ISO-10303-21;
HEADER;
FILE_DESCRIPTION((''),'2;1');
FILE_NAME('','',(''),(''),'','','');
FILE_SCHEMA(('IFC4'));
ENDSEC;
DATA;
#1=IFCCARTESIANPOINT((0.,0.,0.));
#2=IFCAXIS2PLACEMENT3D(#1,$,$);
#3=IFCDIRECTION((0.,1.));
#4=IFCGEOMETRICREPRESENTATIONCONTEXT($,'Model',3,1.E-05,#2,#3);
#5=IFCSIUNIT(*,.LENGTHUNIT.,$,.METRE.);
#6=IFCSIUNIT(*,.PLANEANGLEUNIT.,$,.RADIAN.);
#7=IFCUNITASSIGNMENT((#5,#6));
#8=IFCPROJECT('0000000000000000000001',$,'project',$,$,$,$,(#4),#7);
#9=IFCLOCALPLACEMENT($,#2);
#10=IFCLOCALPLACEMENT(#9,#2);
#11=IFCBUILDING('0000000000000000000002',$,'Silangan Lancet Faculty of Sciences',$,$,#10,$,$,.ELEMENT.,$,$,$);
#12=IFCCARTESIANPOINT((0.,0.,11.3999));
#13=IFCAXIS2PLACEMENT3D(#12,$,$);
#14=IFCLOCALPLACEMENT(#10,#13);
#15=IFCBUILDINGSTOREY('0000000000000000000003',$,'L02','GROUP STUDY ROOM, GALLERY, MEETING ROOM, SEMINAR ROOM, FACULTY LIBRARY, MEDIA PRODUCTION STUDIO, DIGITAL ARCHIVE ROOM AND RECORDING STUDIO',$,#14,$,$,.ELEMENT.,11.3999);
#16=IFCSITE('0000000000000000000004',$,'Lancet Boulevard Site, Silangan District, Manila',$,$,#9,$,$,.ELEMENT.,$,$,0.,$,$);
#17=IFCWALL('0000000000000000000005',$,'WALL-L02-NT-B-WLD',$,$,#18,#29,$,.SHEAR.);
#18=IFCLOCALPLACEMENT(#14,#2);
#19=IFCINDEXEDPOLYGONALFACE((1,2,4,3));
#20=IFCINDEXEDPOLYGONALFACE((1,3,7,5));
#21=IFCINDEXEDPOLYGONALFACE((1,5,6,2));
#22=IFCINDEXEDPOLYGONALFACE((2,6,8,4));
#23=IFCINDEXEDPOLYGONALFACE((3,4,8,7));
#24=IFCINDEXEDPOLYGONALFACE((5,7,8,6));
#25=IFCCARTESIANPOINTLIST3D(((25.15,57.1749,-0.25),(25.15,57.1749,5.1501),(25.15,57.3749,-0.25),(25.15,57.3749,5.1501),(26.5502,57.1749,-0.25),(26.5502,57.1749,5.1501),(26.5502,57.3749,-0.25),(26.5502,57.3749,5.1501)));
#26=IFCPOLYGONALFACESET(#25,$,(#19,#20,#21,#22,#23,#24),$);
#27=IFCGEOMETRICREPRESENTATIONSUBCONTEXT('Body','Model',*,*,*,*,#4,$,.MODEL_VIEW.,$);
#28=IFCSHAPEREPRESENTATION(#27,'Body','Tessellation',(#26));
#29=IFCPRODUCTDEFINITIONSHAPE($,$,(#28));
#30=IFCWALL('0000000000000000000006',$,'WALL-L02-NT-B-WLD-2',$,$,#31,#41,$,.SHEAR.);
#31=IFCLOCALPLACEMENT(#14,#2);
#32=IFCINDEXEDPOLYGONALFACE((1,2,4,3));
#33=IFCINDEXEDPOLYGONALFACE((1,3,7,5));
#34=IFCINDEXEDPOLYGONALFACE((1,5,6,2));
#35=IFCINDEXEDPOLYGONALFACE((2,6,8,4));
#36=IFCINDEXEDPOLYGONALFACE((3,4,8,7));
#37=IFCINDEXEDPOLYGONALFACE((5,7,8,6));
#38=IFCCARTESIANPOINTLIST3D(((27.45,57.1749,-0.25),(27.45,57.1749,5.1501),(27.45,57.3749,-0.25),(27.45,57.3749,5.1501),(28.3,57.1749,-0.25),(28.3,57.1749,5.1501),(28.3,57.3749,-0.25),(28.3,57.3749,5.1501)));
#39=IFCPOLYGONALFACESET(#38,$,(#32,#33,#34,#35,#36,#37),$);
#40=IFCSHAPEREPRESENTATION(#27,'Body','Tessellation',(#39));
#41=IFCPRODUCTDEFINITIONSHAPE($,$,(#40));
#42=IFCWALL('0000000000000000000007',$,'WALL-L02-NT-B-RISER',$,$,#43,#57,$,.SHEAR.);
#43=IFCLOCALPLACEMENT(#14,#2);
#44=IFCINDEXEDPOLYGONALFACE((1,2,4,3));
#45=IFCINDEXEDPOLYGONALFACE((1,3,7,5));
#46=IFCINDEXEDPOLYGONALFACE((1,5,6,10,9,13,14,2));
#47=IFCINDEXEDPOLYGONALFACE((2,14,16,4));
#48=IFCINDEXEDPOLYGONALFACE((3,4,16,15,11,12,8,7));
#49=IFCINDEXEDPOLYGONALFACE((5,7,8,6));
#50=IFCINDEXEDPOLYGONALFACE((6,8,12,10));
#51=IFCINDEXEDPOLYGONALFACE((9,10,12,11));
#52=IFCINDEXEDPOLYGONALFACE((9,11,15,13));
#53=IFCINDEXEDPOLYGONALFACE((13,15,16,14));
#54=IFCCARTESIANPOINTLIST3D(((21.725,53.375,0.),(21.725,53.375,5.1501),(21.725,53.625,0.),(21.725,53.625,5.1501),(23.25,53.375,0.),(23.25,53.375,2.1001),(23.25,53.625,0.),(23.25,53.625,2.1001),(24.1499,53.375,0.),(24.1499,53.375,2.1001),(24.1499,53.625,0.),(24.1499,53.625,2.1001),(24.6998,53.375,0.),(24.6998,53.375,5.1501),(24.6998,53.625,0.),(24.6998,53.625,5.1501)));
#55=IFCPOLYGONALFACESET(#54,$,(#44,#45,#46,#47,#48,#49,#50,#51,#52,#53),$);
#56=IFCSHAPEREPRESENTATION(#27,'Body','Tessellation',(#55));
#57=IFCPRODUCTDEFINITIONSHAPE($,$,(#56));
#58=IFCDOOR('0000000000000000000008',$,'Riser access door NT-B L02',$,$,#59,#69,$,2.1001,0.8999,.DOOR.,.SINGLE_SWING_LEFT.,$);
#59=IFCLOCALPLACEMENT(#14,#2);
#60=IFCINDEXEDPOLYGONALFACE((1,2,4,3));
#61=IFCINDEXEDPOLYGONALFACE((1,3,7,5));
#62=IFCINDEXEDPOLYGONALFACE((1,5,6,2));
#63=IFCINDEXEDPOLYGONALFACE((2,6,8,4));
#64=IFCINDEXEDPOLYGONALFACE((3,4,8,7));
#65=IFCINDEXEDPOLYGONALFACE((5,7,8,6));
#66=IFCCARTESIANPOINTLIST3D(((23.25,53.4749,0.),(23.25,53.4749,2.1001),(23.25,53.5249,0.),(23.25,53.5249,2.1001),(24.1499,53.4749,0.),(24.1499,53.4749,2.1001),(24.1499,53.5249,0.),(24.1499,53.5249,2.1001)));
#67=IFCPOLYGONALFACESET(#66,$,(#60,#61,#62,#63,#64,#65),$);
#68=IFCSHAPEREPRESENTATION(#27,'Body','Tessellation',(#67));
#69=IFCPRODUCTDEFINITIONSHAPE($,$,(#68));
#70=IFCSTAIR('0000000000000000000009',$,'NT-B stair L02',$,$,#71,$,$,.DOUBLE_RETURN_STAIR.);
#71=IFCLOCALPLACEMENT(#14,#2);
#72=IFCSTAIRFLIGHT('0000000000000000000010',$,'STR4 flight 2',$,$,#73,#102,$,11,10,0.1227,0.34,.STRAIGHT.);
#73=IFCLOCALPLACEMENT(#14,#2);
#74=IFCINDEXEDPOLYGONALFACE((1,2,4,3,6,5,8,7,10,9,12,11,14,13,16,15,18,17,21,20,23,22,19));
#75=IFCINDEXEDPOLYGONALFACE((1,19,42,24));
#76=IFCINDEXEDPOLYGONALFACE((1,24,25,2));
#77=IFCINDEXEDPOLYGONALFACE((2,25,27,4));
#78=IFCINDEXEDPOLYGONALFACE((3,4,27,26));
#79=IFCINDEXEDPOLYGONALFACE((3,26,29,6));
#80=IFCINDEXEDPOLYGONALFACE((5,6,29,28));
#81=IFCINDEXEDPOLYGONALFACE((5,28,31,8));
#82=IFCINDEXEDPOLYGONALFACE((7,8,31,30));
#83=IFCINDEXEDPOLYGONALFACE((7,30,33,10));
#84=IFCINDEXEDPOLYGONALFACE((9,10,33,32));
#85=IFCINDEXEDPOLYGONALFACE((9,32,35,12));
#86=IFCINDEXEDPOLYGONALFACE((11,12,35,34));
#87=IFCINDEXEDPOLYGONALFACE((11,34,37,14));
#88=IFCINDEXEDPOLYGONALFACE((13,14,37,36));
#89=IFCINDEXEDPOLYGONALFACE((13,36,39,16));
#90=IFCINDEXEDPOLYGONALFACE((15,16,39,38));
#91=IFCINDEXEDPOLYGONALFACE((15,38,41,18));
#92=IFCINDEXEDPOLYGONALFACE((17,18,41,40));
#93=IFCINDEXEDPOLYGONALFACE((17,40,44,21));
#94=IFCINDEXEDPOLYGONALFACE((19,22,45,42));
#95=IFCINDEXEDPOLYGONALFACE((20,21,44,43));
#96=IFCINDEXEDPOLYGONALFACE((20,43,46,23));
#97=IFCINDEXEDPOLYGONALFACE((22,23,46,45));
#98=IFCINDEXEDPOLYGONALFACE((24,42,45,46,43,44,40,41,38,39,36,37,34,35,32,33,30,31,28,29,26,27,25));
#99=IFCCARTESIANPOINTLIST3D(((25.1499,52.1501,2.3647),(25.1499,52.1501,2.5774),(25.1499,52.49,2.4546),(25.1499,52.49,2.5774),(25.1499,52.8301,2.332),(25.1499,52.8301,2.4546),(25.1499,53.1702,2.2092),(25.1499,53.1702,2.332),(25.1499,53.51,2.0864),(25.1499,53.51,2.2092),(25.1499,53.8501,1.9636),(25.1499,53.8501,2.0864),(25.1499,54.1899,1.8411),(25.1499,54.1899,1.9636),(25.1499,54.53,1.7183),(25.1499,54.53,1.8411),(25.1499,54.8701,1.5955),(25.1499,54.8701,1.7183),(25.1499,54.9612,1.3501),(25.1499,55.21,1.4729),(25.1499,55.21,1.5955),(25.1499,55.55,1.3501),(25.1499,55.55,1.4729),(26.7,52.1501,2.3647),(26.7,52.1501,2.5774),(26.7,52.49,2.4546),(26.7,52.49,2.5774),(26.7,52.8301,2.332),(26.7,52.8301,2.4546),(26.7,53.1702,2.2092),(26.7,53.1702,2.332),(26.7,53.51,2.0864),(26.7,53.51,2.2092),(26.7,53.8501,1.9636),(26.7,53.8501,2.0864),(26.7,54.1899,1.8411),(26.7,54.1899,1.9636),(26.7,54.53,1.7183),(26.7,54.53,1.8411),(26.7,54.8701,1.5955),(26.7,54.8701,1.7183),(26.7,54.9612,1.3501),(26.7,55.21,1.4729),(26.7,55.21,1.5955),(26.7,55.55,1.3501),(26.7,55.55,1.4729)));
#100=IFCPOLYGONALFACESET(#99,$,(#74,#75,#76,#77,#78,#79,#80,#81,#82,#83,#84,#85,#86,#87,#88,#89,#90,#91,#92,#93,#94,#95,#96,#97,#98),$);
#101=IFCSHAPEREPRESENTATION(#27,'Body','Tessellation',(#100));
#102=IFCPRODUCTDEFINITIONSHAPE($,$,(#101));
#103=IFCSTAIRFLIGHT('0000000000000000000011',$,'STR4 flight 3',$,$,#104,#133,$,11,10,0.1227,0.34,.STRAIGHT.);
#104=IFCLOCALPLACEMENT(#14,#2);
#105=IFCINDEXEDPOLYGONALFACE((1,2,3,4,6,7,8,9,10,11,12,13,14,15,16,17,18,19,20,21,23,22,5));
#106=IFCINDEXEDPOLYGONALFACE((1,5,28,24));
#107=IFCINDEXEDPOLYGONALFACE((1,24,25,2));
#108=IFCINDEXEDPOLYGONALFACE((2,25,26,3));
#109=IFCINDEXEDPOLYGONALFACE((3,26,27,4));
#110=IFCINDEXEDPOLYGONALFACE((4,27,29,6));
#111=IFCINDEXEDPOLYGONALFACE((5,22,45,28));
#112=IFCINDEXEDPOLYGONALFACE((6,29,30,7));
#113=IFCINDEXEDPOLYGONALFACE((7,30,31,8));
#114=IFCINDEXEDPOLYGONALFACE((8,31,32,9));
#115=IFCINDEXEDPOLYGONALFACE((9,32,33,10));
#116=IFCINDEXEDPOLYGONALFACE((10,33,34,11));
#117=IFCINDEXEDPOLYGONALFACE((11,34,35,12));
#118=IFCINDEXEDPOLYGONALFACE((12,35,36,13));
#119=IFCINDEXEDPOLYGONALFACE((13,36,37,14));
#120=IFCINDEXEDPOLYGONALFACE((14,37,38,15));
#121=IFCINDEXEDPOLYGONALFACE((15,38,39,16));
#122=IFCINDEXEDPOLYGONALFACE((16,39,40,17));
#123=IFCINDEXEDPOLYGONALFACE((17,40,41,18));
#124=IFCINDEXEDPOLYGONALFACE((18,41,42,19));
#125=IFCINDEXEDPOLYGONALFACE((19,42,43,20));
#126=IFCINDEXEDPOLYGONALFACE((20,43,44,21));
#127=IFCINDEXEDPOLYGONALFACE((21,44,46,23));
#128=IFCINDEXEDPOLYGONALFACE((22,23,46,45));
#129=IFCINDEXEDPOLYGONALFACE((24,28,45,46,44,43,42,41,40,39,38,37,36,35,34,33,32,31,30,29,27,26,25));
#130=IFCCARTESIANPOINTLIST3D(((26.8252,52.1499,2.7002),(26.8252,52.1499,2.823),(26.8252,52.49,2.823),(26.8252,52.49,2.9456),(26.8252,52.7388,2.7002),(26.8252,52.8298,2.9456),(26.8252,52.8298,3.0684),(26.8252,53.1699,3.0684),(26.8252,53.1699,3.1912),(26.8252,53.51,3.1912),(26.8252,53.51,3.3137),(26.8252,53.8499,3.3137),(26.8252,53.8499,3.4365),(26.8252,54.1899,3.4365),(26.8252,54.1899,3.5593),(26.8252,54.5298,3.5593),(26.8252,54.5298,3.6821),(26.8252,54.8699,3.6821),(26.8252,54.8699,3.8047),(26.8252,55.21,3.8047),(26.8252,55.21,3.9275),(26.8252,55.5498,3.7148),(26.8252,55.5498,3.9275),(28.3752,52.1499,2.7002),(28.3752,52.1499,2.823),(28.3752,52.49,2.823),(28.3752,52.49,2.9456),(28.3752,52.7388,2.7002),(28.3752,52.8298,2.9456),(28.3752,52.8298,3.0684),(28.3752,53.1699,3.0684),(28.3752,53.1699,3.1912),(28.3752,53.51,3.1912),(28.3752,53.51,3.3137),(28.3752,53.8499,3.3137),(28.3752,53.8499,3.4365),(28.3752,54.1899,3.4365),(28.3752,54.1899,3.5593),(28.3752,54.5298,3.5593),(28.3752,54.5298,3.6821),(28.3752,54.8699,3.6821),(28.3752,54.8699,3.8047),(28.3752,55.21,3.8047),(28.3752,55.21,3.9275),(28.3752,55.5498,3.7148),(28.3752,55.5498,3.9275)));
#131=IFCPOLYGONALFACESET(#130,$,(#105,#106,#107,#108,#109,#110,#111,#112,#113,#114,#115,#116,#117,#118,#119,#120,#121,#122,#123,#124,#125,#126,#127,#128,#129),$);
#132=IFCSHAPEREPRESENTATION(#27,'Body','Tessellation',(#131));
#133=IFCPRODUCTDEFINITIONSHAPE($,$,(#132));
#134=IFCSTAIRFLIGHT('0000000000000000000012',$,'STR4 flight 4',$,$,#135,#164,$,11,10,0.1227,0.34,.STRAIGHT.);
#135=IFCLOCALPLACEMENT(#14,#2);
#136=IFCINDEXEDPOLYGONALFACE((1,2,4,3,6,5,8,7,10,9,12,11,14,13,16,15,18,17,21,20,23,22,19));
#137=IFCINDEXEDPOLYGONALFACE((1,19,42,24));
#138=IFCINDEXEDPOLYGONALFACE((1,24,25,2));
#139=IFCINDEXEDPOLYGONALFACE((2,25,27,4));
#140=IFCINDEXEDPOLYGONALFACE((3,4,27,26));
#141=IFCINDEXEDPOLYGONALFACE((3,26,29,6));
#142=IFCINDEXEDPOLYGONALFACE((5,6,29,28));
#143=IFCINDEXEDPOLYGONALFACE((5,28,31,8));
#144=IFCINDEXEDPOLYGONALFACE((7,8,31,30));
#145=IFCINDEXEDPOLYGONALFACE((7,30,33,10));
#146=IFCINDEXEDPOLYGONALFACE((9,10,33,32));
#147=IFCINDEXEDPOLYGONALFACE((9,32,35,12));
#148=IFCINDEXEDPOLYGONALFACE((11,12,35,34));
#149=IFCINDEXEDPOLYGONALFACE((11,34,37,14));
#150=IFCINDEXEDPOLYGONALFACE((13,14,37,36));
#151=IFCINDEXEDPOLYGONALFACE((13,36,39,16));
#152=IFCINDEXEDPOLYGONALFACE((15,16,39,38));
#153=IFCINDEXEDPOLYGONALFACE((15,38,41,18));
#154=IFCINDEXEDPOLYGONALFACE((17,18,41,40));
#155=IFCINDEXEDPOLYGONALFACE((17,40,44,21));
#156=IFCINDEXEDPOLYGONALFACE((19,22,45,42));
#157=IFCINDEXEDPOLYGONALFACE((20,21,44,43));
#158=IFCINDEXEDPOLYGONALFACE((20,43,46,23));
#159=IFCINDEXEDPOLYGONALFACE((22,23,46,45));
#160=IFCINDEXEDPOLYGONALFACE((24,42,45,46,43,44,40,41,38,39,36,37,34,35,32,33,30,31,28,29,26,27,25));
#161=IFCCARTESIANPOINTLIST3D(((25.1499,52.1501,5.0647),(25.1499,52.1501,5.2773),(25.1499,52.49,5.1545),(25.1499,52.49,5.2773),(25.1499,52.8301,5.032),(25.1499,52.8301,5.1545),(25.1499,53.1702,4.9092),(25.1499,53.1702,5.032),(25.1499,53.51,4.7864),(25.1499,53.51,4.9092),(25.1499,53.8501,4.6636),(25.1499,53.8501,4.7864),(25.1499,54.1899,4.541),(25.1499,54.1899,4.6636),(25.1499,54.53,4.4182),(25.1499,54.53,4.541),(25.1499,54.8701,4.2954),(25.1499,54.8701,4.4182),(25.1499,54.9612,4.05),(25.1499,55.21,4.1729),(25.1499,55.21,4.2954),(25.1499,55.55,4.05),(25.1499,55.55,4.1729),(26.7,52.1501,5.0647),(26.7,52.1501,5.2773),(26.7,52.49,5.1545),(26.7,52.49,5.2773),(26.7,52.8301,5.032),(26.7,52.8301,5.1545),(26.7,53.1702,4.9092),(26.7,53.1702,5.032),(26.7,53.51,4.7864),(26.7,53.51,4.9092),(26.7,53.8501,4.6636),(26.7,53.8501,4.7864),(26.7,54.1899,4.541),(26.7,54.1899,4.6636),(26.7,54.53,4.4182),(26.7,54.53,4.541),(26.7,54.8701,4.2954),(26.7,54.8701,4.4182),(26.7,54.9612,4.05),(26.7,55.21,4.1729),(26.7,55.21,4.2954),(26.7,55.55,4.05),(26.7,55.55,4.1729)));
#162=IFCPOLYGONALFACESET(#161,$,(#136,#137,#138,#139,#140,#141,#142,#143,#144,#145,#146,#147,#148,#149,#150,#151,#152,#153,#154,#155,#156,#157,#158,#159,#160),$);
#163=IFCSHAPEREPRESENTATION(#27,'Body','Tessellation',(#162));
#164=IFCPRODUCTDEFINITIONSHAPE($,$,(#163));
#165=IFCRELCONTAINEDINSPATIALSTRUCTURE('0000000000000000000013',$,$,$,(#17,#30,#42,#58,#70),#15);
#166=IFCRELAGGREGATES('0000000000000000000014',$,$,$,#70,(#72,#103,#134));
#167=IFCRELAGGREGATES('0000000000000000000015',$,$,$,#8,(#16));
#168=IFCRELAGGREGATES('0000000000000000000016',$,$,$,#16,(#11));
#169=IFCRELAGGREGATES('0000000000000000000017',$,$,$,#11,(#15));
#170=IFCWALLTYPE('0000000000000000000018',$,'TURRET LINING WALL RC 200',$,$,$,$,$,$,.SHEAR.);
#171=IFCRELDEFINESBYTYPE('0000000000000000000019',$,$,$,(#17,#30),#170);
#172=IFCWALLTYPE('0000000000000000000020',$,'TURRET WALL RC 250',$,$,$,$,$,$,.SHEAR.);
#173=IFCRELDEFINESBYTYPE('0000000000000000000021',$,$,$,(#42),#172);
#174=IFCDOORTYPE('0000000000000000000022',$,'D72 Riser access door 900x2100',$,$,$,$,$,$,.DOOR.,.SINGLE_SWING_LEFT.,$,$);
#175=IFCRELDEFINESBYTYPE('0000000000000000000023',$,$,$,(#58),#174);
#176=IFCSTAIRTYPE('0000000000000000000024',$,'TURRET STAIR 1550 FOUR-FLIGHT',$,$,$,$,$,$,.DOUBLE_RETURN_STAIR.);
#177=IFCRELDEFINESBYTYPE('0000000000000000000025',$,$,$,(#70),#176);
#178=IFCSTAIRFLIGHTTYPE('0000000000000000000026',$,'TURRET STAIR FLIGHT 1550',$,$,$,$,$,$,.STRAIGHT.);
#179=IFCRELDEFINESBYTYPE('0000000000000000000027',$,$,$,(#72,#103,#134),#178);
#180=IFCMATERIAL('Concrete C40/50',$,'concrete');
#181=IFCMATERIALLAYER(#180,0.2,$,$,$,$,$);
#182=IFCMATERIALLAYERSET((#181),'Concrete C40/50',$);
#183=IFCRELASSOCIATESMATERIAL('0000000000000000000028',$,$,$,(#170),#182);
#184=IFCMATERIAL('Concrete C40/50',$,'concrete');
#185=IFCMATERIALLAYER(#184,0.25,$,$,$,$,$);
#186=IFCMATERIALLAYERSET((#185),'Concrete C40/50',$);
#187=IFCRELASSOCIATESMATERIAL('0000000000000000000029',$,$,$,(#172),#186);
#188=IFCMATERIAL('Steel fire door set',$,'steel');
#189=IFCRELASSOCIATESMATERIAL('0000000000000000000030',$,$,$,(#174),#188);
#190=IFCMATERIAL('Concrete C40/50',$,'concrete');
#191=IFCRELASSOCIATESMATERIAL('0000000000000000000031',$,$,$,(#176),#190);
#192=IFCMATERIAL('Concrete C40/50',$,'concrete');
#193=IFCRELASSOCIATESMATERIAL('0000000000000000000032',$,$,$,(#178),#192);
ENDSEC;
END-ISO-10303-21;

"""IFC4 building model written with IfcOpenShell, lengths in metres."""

from ifc_helpers import new_model, si_unit, direction, frame, frame_2d, origin, place, context, subcontext, project, spatial, polyline, rectangle, outline, extrude, material, layer, layer_set, type_object, element, fill, aggregate, save


model = new_model("IFC4")

# Units and contexts
model_context = context("Model", 3, precision=1e-05, world=origin(), true_north=direction((0.0, 1.0)))
body_context = subcontext(model_context, "Body", "Model", "MODEL_VIEW")
ifc_project = project(units=[si_unit("LENGTHUNIT", "METRE"), si_unit("PLANEANGLEUNIT", "RADIAN")], contexts=[model_context])

# Site, building, storey
site_placement = place(None, origin())
site = spatial("IfcSite", under=ifc_project, at=site_placement, Name="Lancet Boulevard Site, Silangan District, Manila", CompositionType="ELEMENT", RefElevation=0.0)
building_placement = place(site_placement, origin())
building = spatial("IfcBuilding", under=site, at=building_placement, Name="Silangan Lancet Faculty of Sciences", CompositionType="ELEMENT")
storey_placement = place(building_placement, frame((0.0, 0.0, 11.3999)))
storey = spatial("IfcBuildingStorey", under=building, at=storey_placement, Name="L02", Description="GROUP STUDY ROOM, GALLERY, MEETING ROOM, SEMINAR ROOM, FACULTY LIBRARY, MEDIA PRODUCTION STUDIO, DIGITAL ARCHIVE ROOM AND RECORDING STUDIO", CompositionType="ELEMENT", Elevation=11.3999)

# Walls
ifc_material_1 = material(Name="Concrete C40/50", Category="concrete")
ifc_layer_1 = layer(ifc_material_1, 0.2)
ifc_layer_set_1 = layer_set([ifc_layer_1], Name="Concrete C40/50")
wall_type_1 = type_object("IfcWallType", Name="TURRET LINING WALL RC 200", PredefinedType="SHEAR", material=ifc_layer_set_1)
wall_1_placement = place(storey_placement, frame((25.1499, 57.2749, -0.25), z_axis=(0.0, 0.0, 1.0), x_axis=(1.0, 0.0, 0.0)))
element("IfcWall", 1, at=wall_1_placement, inside=storey, type_object=wall_type_1, Name="WALL-L02-NT-B-WLD", PredefinedType="SHEAR", context=body_context, shape_type="SweptSolid", body=[
    extrude(rectangle(XDim=1.4001, YDim=0.2, at=frame_2d((0.7002, 0.0))), origin(), (0.0, 0.0, 1.0), 5.4001),
])
wall_2_placement = place(storey_placement, frame((27.45, 57.2749, -0.25), z_axis=(0.0, 0.0, 1.0), x_axis=(1.0, 0.0, 0.0)))
element("IfcWall", 2, at=wall_2_placement, inside=storey, type_object=wall_type_1, Name="WALL-L02-NT-B-WLD-2", PredefinedType="SHEAR", context=body_context, shape_type="SweptSolid", body=[
    extrude(rectangle(XDim=0.8501, YDim=0.2, at=frame_2d((0.425, 0.0))), origin(), (0.0, 0.0, 1.0), 5.4001),
])

# Wall, opening, door
ifc_material_2 = material(Name="Concrete C40/50", Category="concrete")
ifc_layer_2 = layer(ifc_material_2, 0.25)
ifc_layer_set_2 = layer_set([ifc_layer_2], Name="Concrete C40/50")
wall_type_2 = type_object("IfcWallType", Name="TURRET WALL RC 250", PredefinedType="SHEAR", material=ifc_layer_set_2)
wall_3_placement = place(storey_placement, frame((21.7251, 53.5, 0.0), z_axis=(0.0, 0.0, 1.0), x_axis=(1.0, 0.0, 0.0)))
wall_3 = element("IfcWall", 3, at=wall_3_placement, inside=storey, type_object=wall_type_2, Name="WALL-L02-NT-B-RISER", PredefinedType="SHEAR", context=body_context, shape_type="SweptSolid", body=[
    extrude(rectangle(XDim=2.9749, YDim=0.25, at=frame_2d((1.4873, 0.0))), origin(), (0.0, 0.0, 1.0), 5.1501),
])
opening_1_placement = place(wall_3_placement, frame((1.5249, 0.0, 0.0)))
opening_1 = element("IfcOpeningElement", 4, at=opening_1_placement, cuts=wall_3, PredefinedType="OPENING", context=body_context, shape_type="SweptSolid", body=[
    extrude(rectangle(XDim=0.8999, YDim=2.1001, at=frame_2d((0.45, 1.05))), frame((0.0, 0.135, 0.0), z_axis=(0.0, -1.0, 0.0), x_axis=(1.0, 0.0, 0.0)), (0.0, 0.0, 1.0), 0.27),
])
ifc_material_3 = material(Name="Steel fire door set", Category="steel")
door_type = type_object("IfcDoorType", Name="D72 Riser access door 900x2100", OperationType="SINGLE_SWING_LEFT", PredefinedType="DOOR", material=ifc_material_3)
door_placement = place(opening_1_placement, origin())
door = element("IfcDoor", 5, at=door_placement, inside=storey, type_object=door_type, Name="Riser access door NT-B L02", OperationType="SINGLE_SWING_LEFT", OverallHeight=2.1001, OverallWidth=0.8999, PredefinedType="DOOR", context=body_context, shape_type="SweptSolid", body=[
    extrude(rectangle(XDim=0.8999, YDim=2.1001, at=frame_2d((0.45, 1.05))), frame((0.0, 0.0249, 0.0), z_axis=(0.0, -1.0, 0.0), x_axis=(1.0, 0.0, 0.0)), (0.0, 0.0, 1.0), 0.05),
])
fill(opening_1, door)

# Stair, stair flights
ifc_material_4 = material(Name="Concrete C40/50", Category="concrete")
stair_type = type_object("IfcStairType", Name="TURRET STAIR 1550 FOUR-FLIGHT", PredefinedType="DOUBLE_RETURN_STAIR", material=ifc_material_4)
stair_placement = place(storey_placement, origin())
stair = element("IfcStair", 6, at=stair_placement, inside=storey, type_object=stair_type, Name="NT-B stair L02", PredefinedType="DOUBLE_RETURN_STAIR")
ifc_material_5 = material(Name="Concrete C40/50", Category="concrete")
stair_flight_type = type_object("IfcStairFlightType", Name="TURRET STAIR FLIGHT 1550", PredefinedType="STRAIGHT", material=ifc_material_5)
stair_flight_1_placement = place(storey_placement, frame((25.925, 55.55, 1.3501), z_axis=(0.0, 0.0, 1.0), x_axis=(0.0, -1.0, 0.0)))
stair_flight_1 = element("IfcStairFlight", 7, at=stair_flight_1_placement, type_object=stair_flight_type, Name="STR4 flight 2", NumberOfRisers=11, NumberOfTreads=10, PredefinedType="STRAIGHT", RiserHeight=0.1227, TreadLength=0.34, context=body_context, shape_type="SweptSolid", body=[
    extrude(outline(polyline([(0.0, 0.0), (0.0, 0.1228), (0.3401, 0.1228), (0.3401, 0.2454), (0.6799, 0.2454), (0.6799, 0.3682), (1.02, 0.3682), (1.02, 0.491), (1.3601, 0.491), (1.3601, 0.6135), (1.7, 0.6135), (1.7, 0.7363), (2.04, 0.7363), (2.04, 0.8591), (2.3799, 0.8591), (2.3799, 0.9819), (2.72, 0.9819), (2.72, 1.1045), (3.0601, 1.1045), (3.0601, 1.2273), (3.3999, 1.2273), (3.3999, 1.3501), (3.3999, 1.0146), (0.5889, 0.0), (0.0, 0.0)])), frame((0.0, 0.7749, 0.0), z_axis=(0.0, -1.0, 0.0), x_axis=(1.0, 0.0, 0.0)), (0.0, 0.0, 1.0), 1.55),
])
stair_flight_2_placement = place(storey_placement, frame((27.6001, 52.1499, 2.7002), z_axis=(0.0, 0.0, 1.0), x_axis=(0.0, 1.0, 0.0)))
stair_flight_2 = element("IfcStairFlight", 8, at=stair_flight_2_placement, type_object=stair_flight_type, Name="STR4 flight 3", NumberOfRisers=11, NumberOfTreads=10, PredefinedType="STRAIGHT", RiserHeight=0.1227, TreadLength=0.34, context=body_context, shape_type="SweptSolid", body=[
    extrude(outline(polyline([(0.0, 0.0), (0.0, 0.1228), (0.3401, 0.1228), (0.3401, 0.2454), (0.6799, 0.2454), (0.6799, 0.3682), (1.02, 0.3682), (1.02, 0.491), (1.3601, 0.491), (1.3601, 0.6135), (1.7, 0.6135), (1.7, 0.7363), (2.04, 0.7363), (2.04, 0.8591), (2.3799, 0.8591), (2.3799, 0.9819), (2.72, 0.9819), (2.72, 1.1045), (3.0601, 1.1045), (3.0601, 1.2273), (3.3999, 1.2273), (3.3999, 1.3501), (3.3999, 1.0146), (0.5889, 0.0), (0.0, 0.0)])), frame((0.0, 0.7749, 0.0), z_axis=(0.0, -1.0, 0.0), x_axis=(1.0, 0.0, 0.0)), (0.0, 0.0, 1.0), 1.55),
])
stair_flight_3_placement = place(storey_placement, frame((25.925, 55.55, 4.05), z_axis=(0.0, 0.0, 1.0), x_axis=(0.0, -1.0, 0.0)))
stair_flight_3 = element("IfcStairFlight", 9, at=stair_flight_3_placement, type_object=stair_flight_type, Name="STR4 flight 4", NumberOfRisers=11, NumberOfTreads=10, PredefinedType="STRAIGHT", RiserHeight=0.1227, TreadLength=0.34, context=body_context, shape_type="SweptSolid", body=[
    extrude(outline(polyline([(0.0, 0.0), (0.0, 0.1228), (0.3401, 0.1228), (0.3401, 0.2454), (0.6799, 0.2454), (0.6799, 0.3682), (1.02, 0.3682), (1.02, 0.491), (1.3601, 0.491), (1.3601, 0.6135), (1.7, 0.6135), (1.7, 0.7363), (2.04, 0.7363), (2.04, 0.8591), (2.3799, 0.8591), (2.3799, 0.9819), (2.72, 0.9819), (2.72, 1.1045), (3.0601, 1.1045), (3.0601, 1.2273), (3.3999, 1.2273), (3.3999, 1.3501), (3.3999, 1.0146), (0.5889, 0.0), (0.0, 0.0)])), frame((0.0, 0.7749, 0.0), z_axis=(0.0, -1.0, 0.0), x_axis=(1.0, 0.0, 0.0)), (0.0, 0.0, 1.0), 1.55),
])
aggregate(stair, [stair_flight_1, stair_flight_2, stair_flight_3])

save(model, "model.ifc")
